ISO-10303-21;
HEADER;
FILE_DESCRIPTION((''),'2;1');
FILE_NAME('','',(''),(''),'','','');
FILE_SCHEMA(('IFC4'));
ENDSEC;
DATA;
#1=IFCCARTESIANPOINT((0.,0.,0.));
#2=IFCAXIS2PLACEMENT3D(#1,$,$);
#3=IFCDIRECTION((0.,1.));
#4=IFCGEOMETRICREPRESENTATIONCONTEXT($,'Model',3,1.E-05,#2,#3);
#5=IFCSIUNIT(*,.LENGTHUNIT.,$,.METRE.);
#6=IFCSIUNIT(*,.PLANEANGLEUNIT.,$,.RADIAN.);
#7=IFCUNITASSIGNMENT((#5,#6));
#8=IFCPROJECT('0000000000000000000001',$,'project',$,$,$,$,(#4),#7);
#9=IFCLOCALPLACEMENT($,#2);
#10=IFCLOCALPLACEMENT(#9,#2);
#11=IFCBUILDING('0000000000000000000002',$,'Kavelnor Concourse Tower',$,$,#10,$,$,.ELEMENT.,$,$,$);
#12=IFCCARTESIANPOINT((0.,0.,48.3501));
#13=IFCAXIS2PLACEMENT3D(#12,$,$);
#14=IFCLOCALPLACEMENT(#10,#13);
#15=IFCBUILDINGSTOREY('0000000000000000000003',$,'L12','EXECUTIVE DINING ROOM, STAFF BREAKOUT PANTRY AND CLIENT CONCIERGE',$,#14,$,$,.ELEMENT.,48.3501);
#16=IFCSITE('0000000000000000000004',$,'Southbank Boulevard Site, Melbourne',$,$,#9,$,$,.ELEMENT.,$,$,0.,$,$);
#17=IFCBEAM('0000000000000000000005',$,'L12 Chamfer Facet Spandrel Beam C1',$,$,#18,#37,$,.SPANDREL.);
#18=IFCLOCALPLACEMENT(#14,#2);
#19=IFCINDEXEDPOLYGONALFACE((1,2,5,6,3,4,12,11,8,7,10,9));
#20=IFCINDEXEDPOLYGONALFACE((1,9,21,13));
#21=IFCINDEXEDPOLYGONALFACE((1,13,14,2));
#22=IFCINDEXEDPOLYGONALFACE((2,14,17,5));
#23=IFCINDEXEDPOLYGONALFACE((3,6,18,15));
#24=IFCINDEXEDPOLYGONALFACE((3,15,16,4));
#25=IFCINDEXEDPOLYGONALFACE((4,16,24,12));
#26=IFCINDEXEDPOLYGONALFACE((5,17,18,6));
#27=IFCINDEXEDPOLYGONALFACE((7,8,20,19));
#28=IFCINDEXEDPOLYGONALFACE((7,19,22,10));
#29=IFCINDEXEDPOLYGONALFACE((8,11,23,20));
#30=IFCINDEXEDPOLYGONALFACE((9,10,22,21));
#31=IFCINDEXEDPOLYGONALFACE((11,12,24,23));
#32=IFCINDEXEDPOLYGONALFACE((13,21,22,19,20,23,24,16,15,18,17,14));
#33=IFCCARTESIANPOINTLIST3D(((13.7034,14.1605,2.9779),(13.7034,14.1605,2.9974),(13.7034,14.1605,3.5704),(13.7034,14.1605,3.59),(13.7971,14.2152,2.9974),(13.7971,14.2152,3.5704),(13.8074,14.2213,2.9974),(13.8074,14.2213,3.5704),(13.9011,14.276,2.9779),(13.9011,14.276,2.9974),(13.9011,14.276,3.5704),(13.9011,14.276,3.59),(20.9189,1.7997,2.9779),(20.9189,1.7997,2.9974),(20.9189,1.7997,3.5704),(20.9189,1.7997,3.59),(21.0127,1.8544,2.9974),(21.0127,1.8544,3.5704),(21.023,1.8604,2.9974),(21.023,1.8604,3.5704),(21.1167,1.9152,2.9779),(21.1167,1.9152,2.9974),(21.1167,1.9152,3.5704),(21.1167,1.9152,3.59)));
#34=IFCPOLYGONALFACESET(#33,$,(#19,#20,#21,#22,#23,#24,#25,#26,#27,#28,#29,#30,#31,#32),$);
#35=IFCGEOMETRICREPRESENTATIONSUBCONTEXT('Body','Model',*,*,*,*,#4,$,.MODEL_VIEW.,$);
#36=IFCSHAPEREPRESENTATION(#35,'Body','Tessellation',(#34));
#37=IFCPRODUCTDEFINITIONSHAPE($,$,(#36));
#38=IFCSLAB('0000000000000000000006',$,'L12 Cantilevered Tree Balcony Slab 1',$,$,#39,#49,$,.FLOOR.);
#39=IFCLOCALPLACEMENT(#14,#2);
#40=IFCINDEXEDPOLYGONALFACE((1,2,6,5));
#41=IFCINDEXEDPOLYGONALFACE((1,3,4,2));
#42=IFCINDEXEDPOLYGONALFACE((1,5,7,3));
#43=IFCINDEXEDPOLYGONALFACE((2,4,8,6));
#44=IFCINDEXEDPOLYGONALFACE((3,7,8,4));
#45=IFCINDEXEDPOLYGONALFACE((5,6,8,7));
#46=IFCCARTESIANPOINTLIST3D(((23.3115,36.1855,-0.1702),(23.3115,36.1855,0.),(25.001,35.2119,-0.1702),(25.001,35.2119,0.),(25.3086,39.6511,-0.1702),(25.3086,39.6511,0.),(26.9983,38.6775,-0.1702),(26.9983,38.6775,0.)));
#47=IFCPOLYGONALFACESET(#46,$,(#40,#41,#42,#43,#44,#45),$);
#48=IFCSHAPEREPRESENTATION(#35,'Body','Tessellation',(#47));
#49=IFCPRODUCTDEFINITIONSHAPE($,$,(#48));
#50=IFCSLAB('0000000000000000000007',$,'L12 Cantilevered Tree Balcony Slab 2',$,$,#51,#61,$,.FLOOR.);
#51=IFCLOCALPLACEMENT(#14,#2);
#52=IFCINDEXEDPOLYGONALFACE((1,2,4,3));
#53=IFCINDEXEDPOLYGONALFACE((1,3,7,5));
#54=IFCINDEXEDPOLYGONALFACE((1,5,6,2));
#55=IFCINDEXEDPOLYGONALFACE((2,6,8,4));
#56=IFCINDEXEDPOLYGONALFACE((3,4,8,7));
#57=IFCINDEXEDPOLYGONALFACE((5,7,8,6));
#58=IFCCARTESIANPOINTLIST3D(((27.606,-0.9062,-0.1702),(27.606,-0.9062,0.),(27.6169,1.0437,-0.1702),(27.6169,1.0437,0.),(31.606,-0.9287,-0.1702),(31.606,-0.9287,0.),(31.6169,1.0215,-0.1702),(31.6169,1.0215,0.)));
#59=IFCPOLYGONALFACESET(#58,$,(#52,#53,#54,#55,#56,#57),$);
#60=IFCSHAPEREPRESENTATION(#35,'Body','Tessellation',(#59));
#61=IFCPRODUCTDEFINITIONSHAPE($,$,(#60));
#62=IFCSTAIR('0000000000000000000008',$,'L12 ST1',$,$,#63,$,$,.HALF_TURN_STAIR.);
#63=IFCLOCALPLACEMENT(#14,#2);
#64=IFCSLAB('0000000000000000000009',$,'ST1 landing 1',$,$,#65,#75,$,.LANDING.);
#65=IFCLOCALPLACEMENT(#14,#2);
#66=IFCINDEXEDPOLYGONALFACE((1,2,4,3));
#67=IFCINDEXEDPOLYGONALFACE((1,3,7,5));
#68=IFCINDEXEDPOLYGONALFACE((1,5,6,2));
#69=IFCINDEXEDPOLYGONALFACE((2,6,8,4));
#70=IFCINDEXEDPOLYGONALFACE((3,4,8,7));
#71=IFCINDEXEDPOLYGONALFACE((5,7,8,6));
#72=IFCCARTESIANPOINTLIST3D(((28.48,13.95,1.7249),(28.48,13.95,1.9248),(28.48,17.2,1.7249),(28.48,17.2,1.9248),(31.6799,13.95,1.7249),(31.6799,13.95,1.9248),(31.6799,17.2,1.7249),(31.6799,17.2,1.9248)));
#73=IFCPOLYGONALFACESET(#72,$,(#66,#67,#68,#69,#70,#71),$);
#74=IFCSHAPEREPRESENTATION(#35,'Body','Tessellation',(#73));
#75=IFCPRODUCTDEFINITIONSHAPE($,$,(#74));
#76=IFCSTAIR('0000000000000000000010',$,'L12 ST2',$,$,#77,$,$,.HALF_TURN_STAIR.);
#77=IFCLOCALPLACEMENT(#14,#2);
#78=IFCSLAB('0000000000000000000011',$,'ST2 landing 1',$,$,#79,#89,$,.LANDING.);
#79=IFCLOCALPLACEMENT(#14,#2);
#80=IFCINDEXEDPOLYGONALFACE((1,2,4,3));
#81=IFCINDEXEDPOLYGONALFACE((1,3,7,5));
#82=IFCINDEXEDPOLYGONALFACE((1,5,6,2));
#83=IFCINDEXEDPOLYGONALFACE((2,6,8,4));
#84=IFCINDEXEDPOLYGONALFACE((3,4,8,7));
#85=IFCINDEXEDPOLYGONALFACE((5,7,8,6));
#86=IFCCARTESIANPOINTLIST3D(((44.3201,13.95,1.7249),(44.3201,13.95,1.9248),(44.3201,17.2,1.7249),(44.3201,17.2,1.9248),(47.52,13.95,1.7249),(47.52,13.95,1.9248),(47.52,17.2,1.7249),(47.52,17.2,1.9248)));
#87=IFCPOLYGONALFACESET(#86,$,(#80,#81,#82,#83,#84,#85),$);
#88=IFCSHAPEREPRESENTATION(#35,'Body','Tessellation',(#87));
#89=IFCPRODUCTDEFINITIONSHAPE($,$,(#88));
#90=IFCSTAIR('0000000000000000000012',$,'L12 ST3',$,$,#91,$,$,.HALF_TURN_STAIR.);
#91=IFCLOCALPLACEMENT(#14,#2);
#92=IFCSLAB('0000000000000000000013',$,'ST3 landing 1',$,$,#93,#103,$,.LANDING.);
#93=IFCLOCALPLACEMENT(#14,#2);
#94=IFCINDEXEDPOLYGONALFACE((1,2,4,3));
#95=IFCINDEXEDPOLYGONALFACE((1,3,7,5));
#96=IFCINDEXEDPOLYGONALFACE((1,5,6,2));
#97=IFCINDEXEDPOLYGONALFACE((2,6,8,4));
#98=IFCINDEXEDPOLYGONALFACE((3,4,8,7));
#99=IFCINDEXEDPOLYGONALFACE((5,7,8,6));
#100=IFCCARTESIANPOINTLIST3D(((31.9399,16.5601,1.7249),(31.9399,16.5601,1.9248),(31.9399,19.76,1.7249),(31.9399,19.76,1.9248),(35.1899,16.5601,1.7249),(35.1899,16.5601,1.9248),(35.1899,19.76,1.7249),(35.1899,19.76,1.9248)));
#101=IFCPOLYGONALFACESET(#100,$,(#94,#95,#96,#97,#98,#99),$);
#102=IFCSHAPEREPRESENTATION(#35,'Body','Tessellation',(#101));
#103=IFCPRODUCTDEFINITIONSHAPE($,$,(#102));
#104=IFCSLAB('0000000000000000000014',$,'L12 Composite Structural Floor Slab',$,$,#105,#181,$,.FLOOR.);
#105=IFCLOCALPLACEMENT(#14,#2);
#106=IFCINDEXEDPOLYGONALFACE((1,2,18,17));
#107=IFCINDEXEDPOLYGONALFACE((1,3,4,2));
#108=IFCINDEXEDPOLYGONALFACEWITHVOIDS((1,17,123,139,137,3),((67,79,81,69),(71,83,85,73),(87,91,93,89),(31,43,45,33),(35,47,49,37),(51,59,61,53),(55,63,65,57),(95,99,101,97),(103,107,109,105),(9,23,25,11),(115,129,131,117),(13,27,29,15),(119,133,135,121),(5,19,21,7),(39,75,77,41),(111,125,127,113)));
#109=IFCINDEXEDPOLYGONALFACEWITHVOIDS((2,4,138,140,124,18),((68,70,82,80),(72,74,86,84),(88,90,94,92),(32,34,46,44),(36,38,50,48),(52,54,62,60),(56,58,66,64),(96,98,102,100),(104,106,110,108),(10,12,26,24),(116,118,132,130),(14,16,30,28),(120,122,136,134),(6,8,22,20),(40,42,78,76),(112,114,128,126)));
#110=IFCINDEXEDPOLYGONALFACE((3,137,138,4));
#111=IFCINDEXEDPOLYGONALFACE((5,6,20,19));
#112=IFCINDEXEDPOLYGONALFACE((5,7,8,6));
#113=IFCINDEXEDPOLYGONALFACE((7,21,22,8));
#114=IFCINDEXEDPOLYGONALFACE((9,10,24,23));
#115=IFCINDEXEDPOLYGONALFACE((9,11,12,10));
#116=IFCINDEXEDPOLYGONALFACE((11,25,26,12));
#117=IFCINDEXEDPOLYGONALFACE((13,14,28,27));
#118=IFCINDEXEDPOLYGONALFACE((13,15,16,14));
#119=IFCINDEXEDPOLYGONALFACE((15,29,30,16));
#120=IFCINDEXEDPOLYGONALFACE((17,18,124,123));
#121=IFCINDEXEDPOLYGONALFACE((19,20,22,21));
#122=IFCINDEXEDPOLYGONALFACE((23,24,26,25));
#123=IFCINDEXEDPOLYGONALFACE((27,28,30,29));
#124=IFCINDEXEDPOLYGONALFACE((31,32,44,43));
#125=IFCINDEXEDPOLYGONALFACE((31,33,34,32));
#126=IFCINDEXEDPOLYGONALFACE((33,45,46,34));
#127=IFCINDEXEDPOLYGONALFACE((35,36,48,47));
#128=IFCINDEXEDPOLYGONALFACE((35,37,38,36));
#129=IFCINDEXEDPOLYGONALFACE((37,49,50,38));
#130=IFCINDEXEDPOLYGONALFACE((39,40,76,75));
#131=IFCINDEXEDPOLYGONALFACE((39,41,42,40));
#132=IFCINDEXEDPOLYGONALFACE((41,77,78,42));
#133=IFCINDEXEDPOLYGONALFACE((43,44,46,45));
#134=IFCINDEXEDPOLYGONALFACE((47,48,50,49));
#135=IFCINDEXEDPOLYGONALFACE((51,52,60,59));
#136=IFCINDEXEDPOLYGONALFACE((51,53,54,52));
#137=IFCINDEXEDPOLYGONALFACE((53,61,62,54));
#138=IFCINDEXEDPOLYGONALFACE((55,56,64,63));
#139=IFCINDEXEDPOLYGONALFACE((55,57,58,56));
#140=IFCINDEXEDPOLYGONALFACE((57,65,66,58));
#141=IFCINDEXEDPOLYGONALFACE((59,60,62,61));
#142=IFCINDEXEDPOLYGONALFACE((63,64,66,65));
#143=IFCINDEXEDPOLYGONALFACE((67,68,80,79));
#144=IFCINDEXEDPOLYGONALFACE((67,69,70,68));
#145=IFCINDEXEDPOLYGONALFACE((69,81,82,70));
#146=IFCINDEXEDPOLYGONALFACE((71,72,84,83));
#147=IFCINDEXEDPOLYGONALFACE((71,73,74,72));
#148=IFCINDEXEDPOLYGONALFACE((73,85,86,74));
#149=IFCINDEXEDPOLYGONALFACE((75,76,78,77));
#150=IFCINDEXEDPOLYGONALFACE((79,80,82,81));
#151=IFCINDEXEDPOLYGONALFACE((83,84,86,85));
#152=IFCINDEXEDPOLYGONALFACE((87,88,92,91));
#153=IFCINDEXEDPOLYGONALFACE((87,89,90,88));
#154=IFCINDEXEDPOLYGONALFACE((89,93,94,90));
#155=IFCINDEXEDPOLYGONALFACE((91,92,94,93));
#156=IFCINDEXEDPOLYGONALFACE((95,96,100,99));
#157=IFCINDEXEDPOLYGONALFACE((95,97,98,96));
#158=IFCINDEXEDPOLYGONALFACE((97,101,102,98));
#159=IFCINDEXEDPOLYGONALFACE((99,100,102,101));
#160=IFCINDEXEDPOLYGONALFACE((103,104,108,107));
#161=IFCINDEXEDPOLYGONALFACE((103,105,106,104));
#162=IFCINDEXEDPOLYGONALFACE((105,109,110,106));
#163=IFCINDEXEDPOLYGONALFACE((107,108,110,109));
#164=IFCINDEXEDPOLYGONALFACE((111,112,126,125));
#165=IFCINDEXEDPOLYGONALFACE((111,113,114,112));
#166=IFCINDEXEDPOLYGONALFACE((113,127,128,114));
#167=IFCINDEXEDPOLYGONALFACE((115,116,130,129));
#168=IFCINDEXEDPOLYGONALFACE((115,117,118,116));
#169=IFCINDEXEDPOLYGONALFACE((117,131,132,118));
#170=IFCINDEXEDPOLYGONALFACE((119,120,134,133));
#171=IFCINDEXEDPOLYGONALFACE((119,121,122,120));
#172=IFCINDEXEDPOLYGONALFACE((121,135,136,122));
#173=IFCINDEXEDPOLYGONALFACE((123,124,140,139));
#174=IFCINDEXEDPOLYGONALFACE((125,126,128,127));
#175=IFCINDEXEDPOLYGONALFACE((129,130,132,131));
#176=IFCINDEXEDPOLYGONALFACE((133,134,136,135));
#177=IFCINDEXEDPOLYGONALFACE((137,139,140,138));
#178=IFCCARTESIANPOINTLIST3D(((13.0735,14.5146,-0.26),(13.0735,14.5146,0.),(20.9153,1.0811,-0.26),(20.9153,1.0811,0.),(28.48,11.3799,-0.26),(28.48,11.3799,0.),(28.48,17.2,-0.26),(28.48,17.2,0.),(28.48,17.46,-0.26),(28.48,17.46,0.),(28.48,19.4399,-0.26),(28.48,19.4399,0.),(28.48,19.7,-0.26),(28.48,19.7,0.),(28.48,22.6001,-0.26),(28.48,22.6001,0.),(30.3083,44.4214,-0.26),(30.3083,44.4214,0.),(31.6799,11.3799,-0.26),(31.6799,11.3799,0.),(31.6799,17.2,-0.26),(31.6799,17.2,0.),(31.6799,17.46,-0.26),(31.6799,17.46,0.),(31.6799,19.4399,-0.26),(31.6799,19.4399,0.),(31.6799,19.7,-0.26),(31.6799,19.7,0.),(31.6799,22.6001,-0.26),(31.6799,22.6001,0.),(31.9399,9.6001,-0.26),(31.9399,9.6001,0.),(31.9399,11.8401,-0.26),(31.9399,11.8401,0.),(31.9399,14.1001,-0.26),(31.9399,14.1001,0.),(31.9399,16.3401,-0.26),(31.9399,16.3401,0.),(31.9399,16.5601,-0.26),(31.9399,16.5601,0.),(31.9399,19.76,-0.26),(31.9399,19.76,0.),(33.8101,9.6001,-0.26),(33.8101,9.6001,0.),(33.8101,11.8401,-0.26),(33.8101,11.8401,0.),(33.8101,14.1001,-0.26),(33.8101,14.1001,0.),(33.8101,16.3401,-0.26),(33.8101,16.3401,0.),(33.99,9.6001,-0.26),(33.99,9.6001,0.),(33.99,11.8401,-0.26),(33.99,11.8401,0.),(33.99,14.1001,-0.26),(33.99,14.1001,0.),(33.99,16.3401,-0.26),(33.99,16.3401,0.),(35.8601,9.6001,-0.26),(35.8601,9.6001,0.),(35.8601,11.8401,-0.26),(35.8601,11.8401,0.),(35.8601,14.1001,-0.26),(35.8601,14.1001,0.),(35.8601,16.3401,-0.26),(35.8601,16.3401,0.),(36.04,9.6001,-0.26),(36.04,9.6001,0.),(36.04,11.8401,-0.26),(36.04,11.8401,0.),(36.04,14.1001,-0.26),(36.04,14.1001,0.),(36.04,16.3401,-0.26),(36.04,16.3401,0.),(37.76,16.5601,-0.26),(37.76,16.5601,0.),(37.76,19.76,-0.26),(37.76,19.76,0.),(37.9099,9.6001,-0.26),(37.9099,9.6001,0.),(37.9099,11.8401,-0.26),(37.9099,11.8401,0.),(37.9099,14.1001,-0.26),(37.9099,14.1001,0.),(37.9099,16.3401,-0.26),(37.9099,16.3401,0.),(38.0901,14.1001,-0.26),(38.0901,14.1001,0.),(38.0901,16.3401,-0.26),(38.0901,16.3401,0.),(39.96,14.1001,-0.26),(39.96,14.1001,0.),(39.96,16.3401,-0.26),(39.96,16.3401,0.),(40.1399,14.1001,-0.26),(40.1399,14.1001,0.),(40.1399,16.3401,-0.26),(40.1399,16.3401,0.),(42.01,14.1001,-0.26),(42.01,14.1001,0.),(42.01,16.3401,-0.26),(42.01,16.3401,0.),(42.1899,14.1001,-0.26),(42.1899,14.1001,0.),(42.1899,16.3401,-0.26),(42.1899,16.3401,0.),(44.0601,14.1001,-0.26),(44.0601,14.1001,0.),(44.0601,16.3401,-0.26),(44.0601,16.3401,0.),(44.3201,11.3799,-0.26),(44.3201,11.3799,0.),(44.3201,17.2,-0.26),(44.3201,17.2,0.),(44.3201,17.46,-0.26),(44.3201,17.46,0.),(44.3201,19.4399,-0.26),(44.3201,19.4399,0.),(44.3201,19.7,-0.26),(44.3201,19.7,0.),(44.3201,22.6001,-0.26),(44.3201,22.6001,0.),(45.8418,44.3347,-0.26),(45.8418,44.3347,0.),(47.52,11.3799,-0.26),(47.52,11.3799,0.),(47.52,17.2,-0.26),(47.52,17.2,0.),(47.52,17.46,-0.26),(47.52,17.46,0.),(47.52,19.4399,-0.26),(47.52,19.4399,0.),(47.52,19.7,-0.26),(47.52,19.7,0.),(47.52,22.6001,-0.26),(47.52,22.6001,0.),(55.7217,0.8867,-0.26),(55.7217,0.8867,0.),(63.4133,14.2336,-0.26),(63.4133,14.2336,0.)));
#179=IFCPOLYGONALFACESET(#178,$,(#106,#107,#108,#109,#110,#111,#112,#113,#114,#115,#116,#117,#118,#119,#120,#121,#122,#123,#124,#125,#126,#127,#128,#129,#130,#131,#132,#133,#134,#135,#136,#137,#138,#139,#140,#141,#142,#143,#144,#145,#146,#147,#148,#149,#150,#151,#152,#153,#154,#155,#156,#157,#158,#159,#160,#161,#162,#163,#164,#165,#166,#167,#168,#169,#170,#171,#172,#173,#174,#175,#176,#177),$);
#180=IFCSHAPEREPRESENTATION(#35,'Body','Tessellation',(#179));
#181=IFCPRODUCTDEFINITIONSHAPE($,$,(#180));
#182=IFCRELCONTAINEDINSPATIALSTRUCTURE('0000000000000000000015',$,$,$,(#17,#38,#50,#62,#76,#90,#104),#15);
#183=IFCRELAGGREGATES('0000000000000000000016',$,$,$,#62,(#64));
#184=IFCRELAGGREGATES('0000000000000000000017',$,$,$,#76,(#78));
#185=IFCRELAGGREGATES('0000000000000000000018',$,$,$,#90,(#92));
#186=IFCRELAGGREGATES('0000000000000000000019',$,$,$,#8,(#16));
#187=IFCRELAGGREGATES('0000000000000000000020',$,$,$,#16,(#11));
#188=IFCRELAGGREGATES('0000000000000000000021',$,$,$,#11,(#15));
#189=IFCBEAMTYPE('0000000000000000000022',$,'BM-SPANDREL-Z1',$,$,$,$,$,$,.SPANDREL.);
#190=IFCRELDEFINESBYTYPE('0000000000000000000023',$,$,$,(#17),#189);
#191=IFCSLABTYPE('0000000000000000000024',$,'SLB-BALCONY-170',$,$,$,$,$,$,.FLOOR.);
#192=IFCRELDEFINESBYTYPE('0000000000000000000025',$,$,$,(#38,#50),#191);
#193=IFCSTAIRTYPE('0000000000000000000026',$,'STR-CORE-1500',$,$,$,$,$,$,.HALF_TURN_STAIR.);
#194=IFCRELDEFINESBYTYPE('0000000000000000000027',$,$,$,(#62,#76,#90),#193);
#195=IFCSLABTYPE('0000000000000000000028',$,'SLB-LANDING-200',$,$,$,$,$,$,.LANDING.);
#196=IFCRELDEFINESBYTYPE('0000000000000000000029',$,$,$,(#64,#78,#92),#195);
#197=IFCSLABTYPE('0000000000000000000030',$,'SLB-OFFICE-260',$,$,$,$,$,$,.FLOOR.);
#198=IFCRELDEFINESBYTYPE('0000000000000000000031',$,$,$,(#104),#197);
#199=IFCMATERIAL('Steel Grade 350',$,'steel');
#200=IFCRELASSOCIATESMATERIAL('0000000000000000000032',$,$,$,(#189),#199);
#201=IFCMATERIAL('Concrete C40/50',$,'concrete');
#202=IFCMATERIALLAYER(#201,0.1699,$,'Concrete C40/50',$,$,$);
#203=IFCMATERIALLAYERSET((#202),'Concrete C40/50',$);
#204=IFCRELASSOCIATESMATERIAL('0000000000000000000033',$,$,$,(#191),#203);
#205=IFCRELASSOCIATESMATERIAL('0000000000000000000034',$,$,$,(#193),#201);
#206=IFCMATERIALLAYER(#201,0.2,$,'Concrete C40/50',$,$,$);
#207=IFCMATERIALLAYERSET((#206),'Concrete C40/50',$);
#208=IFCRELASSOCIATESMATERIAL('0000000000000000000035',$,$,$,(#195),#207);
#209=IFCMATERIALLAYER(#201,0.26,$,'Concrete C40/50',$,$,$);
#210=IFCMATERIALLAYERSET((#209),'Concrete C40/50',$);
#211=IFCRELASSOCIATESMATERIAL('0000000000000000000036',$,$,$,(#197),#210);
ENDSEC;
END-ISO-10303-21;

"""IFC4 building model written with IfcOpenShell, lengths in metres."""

from ifc_helpers import new_model, si_unit, direction, frame, origin, origin_2d, place, context, subcontext, project, spatial, polyline, i_section, outline, extrude, material, layer, layer_set, material_profile, profile_set, type_object, element, aggregate, save


model = new_model("IFC4")

# Units and contexts
model_context = context("Model", 3, precision=1e-05, world=origin(), true_north=direction((0.0, 1.0)))
body_context = subcontext(model_context, "Body", "Model", "MODEL_VIEW")
ifc_project = project(units=[si_unit("LENGTHUNIT", "METRE"), si_unit("PLANEANGLEUNIT", "RADIAN")], contexts=[model_context])

# Site, building, storey
site_placement = place(None, origin())
site = spatial("IfcSite", under=ifc_project, at=site_placement, Name="Southbank Boulevard Site, Melbourne", CompositionType="ELEMENT", RefElevation=0.0)
building_placement = place(site_placement, origin())
building = spatial("IfcBuilding", under=site, at=building_placement, Name="Kavelnor Concourse Tower", CompositionType="ELEMENT")
storey_placement = place(building_placement, frame((0.0, 0.0, 48.3501)))
storey = spatial("IfcBuildingStorey", under=building, at=storey_placement, Name="L12", Description="EXECUTIVE DINING ROOM, STAFF BREAKOUT PANTRY AND CLIENT CONCIERGE", CompositionType="ELEMENT", Elevation=48.3501)

# Beam
ifc_material_1 = material(Name="Steel Grade 350", Category="steel")
ifc_material_profile = material_profile(ifc_material_1, i_section(OverallWidth=0.229, OverallDepth=0.6121, WebThickness=0.012, FlangeThickness=0.0195, at=origin_2d()), Name="610UB125")
ifc_profile_set = profile_set([ifc_material_profile], Name="Steel Grade 350")
beam_type = type_object("IfcBeamType", Name="BM-SPANDREL-Z1", PredefinedType="SPANDREL", material=ifc_profile_set)
beam_placement = place(storey_placement, frame((13.8022, 14.2183, 3.2839), z_axis=(0.504136, -0.863624, 0.0), x_axis=(0.863624, 0.504136, 0.0)))
element("IfcBeam", 1, at=beam_placement, inside=storey, type_object=beam_type, Name="L12 Chamfer Facet Spandrel Beam C1", PredefinedType="SPANDREL", context=body_context, shape_type="SweptSolid", body=[
    extrude(i_section(OverallWidth=0.229, OverallDepth=0.6121, WebThickness=0.012, FlangeThickness=0.0195, at=origin_2d()), origin(), (0.0, 0.0, 1.0), 14.3127),
])

# Slabs
ifc_material_2 = material(Name="Concrete C40/50", Category="concrete")
ifc_layer_1 = layer(ifc_material_2, 0.1699, Name="Concrete C40/50")
ifc_layer_set_1 = layer_set([ifc_layer_1], Name="Concrete C40/50")
slab_type_1 = type_object("IfcSlabType", Name="SLB-BALCONY-170", PredefinedType="FLOOR", material=ifc_layer_set_1)
slab_1_placement = place(storey_placement, frame((0.0, 0.0, -0.1702)))
element("IfcSlab", 2, at=slab_1_placement, inside=storey, type_object=slab_type_1, Name="L12 Cantilevered Tree Balcony Slab 1", PredefinedType="FLOOR", context=body_context, shape_type="SweptSolid", body=[
    extrude(outline(polyline([(23.3115, 36.1855), (25.3086, 39.6511), (26.9983, 38.6775), (25.001, 35.2119), (23.3115, 36.1855)])), origin(), (0.0, 0.0, 1.0), 0.1702),
])
slab_2_placement = place(storey_placement, frame((0.0, 0.0, -0.1702)))
element("IfcSlab", 3, at=slab_2_placement, inside=storey, type_object=slab_type_1, Name="L12 Cantilevered Tree Balcony Slab 2", PredefinedType="FLOOR", context=body_context, shape_type="SweptSolid", body=[
    extrude(outline(polyline([(31.606, -0.9287), (27.606, -0.9062), (27.6169, 1.0437), (31.6169, 1.0215), (31.606, -0.9287)])), origin(), (0.0, 0.0, 1.0), 0.1702),
])

# Stairs, slabs
stair_type = type_object("IfcStairType", Name="STR-CORE-1500", PredefinedType="HALF_TURN_STAIR", material=ifc_material_2)
stair_1_placement = place(storey_placement, origin())
stair_1 = element("IfcStair", 4, at=stair_1_placement, inside=storey, type_object=stair_type, Name="L12 ST1", PredefinedType="HALF_TURN_STAIR")
ifc_layer_2 = layer(ifc_material_2, 0.2, Name="Concrete C40/50")
ifc_layer_set_2 = layer_set([ifc_layer_2], Name="Concrete C40/50")
slab_type_2 = type_object("IfcSlabType", Name="SLB-LANDING-200", PredefinedType="LANDING", material=ifc_layer_set_2)
slab_3_placement = place(storey_placement, frame((0.0, 0.0, 1.7249)))
slab_3 = element("IfcSlab", 5, at=slab_3_placement, type_object=slab_type_2, Name="ST1 landing 1", PredefinedType="LANDING", context=body_context, shape_type="SweptSolid", body=[
    extrude(outline(polyline([(31.6799, 13.95), (31.6799, 17.2), (28.48, 17.2), (28.48, 13.95), (31.6799, 13.95)])), origin(), (0.0, 0.0, 1.0), 0.2),
])
aggregate(stair_1, [slab_3])
stair_2_placement = place(storey_placement, origin())
stair_2 = element("IfcStair", 6, at=stair_2_placement, inside=storey, type_object=stair_type, Name="L12 ST2", PredefinedType="HALF_TURN_STAIR")
slab_4_placement = place(storey_placement, frame((0.0, 0.0, 1.7249)))
slab_4 = element("IfcSlab", 7, at=slab_4_placement, type_object=slab_type_2, Name="ST2 landing 1", PredefinedType="LANDING", context=body_context, shape_type="SweptSolid", body=[
    extrude(outline(polyline([(47.52, 13.95), (47.52, 17.2), (44.3201, 17.2), (44.3201, 13.95), (47.52, 13.95)])), origin(), (0.0, 0.0, 1.0), 0.2),
])
aggregate(stair_2, [slab_4])
stair_3_placement = place(storey_placement, origin())
stair_3 = element("IfcStair", 8, at=stair_3_placement, inside=storey, type_object=stair_type, Name="L12 ST3", PredefinedType="HALF_TURN_STAIR")
slab_5_placement = place(storey_placement, frame((0.0, 0.0, 1.7249)))
slab_5 = element("IfcSlab", 9, at=slab_5_placement, type_object=slab_type_2, Name="ST3 landing 1", PredefinedType="LANDING", context=body_context, shape_type="SweptSolid", body=[
    extrude(outline(polyline([(35.1899, 19.76), (31.9399, 19.76), (31.9399, 16.5601), (35.1899, 16.5601), (35.1899, 19.76)])), origin(), (0.0, 0.0, 1.0), 0.2),
])
aggregate(stair_3, [slab_5])

# Slab
ifc_layer_3 = layer(ifc_material_2, 0.26, Name="Concrete C40/50")
ifc_layer_set_3 = layer_set([ifc_layer_3], Name="Concrete C40/50")
slab_type_3 = type_object("IfcSlabType", Name="SLB-OFFICE-260", PredefinedType="FLOOR", material=ifc_layer_set_3)
slab_6_placement = place(storey_placement, frame((0.0, 0.0, -0.26)))
element("IfcSlab", 10, at=slab_6_placement, inside=storey, type_object=slab_type_3, Name="L12 Composite Structural Floor Slab", PredefinedType="FLOOR", context=body_context, shape_type="SweptSolid", body=[
    extrude(outline(polyline([(45.8418, 44.3347), (30.3083, 44.4214), (13.0735, 14.5146), (20.9153, 1.0811), (55.7217, 0.8867), (63.4133, 14.2336), (45.8418, 44.3347)]), holes=[polyline([(28.48, 11.3799), (31.6799, 11.3799), (31.6799, 17.2), (28.48, 17.2), (28.48, 11.3799)]), polyline([(44.3201, 11.3799), (47.52, 11.3799), (47.52, 17.2), (44.3201, 17.2), (44.3201, 11.3799)]), polyline([(31.9399, 16.5601), (37.76, 16.5601), (37.76, 19.76), (31.9399, 19.76), (31.9399, 16.5601)]), polyline([(28.48, 19.7), (31.6799, 19.7), (31.6799, 22.6001), (28.48, 22.6001), (28.48, 19.7)]), polyline([(44.3201, 19.7), (47.52, 19.7), (47.52, 22.6001), (44.3201, 22.6001), (44.3201, 19.7)]), polyline([(31.9399, 14.1001), (33.8101, 14.1001), (33.8101, 16.3401), (31.9399, 16.3401), (31.9399, 14.1001)]), polyline([(33.99, 14.1001), (35.8601, 14.1001), (35.8601, 16.3401), (33.99, 16.3401), (33.99, 14.1001)]), polyline([(36.04, 14.1001), (37.9099, 14.1001), (37.9099, 16.3401), (36.04, 16.3401), (36.04, 14.1001)]), polyline([(38.0901, 14.1001), (39.96, 14.1001), (39.96, 16.3401), (38.0901, 16.3401), (38.0901, 14.1001)]), polyline([(40.1399, 14.1001), (42.01, 14.1001), (42.01, 16.3401), (40.1399, 16.3401), (40.1399, 14.1001)]), polyline([(42.1899, 14.1001), (44.0601, 14.1001), (44.0601, 16.3401), (42.1899, 16.3401), (42.1899, 14.1001)]), polyline([(31.9399, 9.6001), (33.8101, 9.6001), (33.8101, 11.8401), (31.9399, 11.8401), (31.9399, 9.6001)]), polyline([(33.99, 9.6001), (35.8601, 9.6001), (35.8601, 11.8401), (33.99, 11.8401), (33.99, 9.6001)]), polyline([(36.04, 9.6001), (37.9099, 9.6001), (37.9099, 11.8401), (36.04, 11.8401), (36.04, 9.6001)]), polyline([(28.48, 17.46), (31.6799, 17.46), (31.6799, 19.4399), (28.48, 19.4399), (28.48, 17.46)]), polyline([(44.3201, 17.46), (47.52, 17.46), (47.52, 19.4399), (44.3201, 19.4399), (44.3201, 17.46)])]), origin(), (0.0, 0.0, 1.0), 0.26),
])

save(model, "model.ifc")
